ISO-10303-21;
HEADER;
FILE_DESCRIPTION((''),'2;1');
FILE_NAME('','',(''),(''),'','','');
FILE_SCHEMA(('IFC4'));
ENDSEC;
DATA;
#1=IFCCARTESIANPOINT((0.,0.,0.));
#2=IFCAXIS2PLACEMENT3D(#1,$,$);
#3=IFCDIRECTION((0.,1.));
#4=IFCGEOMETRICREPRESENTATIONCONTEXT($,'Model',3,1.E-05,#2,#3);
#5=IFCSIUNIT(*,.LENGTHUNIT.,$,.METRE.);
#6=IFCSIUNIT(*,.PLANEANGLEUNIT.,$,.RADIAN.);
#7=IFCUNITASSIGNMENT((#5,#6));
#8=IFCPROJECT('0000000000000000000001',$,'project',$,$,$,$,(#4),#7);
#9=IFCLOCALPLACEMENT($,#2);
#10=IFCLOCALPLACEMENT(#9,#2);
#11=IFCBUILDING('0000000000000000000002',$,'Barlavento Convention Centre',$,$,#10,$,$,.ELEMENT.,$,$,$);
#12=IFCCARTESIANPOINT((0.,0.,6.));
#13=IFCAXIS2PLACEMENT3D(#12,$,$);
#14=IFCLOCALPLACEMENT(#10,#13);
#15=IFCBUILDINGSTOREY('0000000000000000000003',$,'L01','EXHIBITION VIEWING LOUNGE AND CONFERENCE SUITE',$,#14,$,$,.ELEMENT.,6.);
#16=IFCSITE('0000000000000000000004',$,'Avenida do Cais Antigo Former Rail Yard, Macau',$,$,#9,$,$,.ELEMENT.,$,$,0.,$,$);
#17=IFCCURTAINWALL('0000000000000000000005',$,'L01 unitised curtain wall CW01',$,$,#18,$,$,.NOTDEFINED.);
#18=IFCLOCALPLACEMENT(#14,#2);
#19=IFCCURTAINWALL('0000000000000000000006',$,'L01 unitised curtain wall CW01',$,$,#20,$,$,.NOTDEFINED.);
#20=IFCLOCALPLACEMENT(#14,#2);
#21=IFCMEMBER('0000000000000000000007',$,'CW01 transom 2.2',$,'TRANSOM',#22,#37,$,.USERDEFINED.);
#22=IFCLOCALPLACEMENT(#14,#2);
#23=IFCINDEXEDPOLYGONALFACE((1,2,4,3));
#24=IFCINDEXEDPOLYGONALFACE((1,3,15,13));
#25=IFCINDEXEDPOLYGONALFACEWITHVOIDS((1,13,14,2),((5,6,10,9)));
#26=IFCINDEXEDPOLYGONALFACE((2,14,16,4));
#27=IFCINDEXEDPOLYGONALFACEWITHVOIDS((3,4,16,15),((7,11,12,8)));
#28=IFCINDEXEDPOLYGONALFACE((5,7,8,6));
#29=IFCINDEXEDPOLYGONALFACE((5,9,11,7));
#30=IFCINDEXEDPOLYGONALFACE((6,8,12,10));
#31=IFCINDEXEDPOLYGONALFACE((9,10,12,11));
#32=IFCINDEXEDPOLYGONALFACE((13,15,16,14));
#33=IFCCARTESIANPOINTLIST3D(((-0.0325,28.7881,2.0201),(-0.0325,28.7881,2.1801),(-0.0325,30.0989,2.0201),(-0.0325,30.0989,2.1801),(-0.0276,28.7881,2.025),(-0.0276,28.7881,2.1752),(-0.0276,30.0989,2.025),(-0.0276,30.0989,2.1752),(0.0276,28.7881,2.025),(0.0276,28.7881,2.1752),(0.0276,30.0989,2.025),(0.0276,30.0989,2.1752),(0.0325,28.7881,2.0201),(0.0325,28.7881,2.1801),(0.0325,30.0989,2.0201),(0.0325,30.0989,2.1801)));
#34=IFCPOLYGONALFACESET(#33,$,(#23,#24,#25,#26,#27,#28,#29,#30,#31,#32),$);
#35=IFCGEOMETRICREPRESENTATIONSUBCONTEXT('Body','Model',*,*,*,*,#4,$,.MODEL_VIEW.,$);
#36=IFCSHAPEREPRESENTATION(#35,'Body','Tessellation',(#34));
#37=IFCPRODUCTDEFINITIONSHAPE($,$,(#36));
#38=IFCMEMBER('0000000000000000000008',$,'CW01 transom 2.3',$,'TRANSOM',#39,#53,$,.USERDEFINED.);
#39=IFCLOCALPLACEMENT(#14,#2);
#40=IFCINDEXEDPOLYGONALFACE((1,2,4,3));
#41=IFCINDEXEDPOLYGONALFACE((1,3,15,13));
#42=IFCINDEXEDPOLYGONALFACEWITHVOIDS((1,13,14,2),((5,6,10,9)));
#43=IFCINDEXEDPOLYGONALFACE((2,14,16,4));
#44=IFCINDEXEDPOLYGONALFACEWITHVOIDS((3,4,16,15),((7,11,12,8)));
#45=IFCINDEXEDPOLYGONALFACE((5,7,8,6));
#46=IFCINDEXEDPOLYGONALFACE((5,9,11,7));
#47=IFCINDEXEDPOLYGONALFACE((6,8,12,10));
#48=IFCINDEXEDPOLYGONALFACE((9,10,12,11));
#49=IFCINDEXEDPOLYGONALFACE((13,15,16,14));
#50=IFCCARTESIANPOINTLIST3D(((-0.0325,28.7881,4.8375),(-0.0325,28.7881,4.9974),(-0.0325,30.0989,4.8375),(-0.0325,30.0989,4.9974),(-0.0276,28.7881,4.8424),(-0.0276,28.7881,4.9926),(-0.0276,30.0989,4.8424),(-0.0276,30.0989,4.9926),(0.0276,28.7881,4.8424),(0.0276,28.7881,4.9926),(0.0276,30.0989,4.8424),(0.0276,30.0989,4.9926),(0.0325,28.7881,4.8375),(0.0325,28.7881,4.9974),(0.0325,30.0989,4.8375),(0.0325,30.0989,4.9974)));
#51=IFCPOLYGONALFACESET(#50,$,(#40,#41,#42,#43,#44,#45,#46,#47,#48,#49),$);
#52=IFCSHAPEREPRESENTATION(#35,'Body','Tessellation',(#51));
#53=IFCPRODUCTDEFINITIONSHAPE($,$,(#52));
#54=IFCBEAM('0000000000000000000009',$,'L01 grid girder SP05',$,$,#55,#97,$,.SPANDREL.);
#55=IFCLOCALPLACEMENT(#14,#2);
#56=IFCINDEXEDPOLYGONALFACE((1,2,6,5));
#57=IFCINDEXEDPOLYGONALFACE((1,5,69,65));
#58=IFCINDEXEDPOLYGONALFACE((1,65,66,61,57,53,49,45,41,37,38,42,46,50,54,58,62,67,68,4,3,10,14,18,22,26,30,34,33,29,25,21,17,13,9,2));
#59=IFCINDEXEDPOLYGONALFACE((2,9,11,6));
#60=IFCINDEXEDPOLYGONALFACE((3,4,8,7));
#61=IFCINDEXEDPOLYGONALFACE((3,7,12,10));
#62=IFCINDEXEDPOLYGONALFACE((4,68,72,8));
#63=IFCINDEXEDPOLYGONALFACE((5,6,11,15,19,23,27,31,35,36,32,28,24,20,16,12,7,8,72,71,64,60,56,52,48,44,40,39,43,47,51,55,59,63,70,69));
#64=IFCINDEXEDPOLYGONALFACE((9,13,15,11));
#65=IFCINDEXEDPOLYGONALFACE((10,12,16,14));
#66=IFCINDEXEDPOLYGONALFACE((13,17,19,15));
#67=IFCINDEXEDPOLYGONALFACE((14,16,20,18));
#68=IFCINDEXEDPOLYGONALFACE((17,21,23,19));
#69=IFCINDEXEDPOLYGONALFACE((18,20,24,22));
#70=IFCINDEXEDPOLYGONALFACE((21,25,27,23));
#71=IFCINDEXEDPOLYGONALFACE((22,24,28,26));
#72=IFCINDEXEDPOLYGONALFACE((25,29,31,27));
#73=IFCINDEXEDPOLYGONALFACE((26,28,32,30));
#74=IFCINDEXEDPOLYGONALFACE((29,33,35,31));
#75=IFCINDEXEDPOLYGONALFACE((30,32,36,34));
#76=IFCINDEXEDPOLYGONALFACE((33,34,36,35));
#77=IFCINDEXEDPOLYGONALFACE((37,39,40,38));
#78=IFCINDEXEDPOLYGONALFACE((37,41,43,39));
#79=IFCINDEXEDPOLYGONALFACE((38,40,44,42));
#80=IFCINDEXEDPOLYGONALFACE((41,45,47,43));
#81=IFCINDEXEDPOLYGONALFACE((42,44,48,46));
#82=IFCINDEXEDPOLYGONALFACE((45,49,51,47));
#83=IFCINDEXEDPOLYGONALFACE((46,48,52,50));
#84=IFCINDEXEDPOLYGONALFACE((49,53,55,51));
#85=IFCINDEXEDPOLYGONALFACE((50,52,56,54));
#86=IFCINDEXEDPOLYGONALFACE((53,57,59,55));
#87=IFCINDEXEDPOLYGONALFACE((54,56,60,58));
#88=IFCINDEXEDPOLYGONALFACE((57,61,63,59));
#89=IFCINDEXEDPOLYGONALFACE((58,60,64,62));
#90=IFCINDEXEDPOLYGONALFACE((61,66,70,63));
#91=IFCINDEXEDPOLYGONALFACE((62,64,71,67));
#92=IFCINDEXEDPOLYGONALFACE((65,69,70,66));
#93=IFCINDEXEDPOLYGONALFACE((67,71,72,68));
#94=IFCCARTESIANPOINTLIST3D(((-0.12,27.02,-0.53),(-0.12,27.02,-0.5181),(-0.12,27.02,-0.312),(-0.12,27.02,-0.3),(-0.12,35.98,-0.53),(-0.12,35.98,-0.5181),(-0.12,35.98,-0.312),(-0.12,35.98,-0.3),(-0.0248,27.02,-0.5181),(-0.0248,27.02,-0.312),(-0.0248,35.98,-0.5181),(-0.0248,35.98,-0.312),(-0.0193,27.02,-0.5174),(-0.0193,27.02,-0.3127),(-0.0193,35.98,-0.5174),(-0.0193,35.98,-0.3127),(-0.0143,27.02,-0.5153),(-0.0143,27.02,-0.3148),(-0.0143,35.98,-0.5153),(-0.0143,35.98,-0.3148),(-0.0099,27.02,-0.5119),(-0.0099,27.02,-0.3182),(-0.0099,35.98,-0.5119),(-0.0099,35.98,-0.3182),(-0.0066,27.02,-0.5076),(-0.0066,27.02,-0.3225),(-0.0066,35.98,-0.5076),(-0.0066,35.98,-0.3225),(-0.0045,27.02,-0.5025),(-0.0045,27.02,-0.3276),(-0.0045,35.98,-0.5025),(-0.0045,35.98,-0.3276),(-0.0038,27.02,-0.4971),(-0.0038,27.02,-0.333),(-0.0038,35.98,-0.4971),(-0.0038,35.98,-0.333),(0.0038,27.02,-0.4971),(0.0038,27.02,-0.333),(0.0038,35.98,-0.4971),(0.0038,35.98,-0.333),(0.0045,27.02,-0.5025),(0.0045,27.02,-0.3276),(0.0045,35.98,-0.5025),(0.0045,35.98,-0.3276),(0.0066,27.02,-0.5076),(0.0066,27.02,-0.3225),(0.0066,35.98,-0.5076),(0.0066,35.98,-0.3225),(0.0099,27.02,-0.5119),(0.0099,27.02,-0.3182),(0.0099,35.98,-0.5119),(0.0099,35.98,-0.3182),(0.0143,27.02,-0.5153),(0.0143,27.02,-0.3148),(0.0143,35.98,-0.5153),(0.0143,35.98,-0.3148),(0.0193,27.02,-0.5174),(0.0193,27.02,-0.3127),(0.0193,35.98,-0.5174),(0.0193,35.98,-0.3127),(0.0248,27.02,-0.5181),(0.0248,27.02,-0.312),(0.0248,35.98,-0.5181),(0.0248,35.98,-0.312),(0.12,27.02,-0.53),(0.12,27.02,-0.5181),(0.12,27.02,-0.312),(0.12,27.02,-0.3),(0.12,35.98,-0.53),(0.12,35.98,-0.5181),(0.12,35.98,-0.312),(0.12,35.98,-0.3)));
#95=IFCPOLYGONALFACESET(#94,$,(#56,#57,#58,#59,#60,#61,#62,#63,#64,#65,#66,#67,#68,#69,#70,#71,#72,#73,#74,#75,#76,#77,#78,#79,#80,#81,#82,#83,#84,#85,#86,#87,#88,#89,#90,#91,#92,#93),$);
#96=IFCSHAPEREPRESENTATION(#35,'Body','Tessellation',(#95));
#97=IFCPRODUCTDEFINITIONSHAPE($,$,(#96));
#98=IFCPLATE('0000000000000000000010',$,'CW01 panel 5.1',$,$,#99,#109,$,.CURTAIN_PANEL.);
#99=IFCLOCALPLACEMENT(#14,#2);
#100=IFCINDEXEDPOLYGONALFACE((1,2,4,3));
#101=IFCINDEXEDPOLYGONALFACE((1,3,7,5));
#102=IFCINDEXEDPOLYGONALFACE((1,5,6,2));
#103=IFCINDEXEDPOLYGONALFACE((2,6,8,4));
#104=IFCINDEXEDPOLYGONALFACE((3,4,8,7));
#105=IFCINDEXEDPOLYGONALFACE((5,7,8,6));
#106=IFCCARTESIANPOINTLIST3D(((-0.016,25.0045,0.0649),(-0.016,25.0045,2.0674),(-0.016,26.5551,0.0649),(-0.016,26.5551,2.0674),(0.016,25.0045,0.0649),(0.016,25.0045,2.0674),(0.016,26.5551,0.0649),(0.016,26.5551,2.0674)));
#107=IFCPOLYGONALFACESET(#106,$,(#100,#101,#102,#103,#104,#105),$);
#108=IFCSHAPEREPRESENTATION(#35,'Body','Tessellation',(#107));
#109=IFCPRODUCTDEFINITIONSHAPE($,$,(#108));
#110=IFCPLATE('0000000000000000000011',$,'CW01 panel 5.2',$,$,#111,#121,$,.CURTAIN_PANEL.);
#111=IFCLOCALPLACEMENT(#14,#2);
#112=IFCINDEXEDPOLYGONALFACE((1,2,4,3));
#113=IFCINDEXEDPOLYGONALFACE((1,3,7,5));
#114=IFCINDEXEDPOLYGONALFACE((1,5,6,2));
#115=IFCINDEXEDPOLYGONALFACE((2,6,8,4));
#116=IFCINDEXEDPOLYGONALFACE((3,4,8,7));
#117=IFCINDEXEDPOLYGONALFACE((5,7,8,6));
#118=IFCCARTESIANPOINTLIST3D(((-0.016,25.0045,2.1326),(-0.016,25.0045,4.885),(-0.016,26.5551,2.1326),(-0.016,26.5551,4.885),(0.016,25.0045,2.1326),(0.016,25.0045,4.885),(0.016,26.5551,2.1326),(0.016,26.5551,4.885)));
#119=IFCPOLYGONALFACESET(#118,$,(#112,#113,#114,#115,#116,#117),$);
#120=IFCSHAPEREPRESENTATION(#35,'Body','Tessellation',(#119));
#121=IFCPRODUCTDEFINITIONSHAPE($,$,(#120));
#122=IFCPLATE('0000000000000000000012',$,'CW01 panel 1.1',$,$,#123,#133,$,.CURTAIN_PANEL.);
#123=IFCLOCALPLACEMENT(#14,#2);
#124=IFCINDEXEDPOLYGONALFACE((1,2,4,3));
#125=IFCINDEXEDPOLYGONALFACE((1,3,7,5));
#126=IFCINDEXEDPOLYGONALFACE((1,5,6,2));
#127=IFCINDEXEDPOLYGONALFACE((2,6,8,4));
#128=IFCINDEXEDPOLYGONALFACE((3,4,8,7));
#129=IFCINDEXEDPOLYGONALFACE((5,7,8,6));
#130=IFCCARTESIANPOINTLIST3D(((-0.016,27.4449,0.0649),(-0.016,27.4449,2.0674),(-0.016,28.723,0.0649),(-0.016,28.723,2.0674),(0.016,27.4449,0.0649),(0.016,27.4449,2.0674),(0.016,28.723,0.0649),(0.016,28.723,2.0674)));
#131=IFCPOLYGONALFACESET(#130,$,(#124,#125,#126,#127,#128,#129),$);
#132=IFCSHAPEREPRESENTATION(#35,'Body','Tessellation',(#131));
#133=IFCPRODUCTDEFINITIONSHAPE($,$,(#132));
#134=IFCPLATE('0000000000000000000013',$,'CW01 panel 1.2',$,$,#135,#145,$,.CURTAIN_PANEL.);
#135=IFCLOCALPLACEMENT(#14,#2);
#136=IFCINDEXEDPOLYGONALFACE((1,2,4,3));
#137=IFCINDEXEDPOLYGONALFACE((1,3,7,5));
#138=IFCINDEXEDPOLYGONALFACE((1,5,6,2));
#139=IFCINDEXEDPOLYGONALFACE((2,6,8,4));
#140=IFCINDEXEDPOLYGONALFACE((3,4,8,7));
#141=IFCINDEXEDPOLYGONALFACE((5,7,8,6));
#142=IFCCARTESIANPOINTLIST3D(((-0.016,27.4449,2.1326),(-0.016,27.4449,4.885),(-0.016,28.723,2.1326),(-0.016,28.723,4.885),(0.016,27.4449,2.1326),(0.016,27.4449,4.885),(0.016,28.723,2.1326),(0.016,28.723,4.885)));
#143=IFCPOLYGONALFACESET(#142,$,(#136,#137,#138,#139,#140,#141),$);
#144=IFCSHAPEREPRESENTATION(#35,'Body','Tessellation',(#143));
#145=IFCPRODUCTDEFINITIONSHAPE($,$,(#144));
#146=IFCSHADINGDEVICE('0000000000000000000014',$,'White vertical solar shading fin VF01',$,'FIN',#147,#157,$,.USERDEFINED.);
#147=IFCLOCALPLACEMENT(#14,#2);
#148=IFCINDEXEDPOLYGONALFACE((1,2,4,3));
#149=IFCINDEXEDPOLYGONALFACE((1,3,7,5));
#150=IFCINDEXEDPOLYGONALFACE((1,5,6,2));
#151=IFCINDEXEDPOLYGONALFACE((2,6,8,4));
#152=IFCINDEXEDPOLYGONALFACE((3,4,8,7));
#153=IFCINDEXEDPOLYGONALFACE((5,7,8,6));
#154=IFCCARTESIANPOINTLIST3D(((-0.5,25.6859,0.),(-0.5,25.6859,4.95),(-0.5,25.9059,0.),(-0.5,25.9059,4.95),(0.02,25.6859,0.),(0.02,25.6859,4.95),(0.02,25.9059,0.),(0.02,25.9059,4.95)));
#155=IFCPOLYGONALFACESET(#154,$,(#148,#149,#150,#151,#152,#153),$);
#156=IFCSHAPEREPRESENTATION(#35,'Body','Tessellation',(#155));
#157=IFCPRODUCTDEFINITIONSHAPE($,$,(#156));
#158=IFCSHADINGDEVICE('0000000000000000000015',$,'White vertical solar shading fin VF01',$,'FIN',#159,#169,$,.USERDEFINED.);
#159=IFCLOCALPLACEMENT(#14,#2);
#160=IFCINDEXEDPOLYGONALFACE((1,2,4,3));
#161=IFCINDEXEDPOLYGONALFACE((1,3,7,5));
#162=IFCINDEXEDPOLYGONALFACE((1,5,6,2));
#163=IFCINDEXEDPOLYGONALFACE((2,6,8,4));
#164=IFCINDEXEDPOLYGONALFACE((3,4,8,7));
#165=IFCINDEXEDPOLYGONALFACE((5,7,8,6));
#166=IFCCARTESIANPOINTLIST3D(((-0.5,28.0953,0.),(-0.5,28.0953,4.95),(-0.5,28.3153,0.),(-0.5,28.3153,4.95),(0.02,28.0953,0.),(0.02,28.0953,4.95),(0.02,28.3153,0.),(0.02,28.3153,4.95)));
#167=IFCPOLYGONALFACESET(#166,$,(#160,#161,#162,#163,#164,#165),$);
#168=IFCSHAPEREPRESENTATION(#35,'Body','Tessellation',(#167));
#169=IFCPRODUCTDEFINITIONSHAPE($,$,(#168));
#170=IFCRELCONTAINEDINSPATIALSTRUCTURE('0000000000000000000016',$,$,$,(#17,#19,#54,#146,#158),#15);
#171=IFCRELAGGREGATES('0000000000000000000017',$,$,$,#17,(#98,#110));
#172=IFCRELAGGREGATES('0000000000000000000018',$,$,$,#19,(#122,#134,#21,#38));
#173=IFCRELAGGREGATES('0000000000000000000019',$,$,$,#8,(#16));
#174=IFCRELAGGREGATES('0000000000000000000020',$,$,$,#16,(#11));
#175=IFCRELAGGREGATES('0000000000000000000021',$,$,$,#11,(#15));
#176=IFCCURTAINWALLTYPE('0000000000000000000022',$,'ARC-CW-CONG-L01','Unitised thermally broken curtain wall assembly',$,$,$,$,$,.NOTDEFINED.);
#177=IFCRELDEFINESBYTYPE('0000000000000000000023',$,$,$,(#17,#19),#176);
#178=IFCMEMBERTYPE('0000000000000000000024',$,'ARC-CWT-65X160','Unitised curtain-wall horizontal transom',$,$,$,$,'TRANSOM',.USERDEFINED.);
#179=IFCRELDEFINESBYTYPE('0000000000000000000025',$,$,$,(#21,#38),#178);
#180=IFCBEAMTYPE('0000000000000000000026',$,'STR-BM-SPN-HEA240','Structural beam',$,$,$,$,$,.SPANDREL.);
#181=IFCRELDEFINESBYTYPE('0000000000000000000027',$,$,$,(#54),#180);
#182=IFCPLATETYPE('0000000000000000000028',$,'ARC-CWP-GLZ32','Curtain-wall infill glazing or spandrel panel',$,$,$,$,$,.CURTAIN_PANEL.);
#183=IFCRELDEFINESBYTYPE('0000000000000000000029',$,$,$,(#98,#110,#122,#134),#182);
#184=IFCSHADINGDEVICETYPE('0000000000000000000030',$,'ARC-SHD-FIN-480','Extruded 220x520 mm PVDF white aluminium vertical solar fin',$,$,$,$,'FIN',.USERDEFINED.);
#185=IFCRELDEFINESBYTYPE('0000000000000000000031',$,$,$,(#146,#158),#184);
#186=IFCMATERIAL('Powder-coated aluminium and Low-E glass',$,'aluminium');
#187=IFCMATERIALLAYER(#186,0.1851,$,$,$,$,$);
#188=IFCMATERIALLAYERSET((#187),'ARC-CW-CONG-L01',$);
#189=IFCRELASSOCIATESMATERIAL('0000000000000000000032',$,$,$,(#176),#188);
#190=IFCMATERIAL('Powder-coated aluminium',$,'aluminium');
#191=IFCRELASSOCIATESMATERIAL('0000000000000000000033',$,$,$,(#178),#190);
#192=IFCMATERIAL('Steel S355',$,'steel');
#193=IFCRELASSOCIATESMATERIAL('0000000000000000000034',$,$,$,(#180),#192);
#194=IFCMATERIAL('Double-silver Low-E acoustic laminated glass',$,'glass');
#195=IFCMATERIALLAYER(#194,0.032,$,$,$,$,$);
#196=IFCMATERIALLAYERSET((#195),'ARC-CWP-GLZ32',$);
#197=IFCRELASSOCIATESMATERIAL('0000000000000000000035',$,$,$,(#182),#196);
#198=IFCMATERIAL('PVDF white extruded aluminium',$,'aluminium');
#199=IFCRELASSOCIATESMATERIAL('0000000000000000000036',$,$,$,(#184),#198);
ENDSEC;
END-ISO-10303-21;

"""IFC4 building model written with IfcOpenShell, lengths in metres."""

from ifc_helpers import new_model, si_unit, direction, frame, origin, origin_2d, place, context, subcontext, project, spatial, rectangle, hollow_rectangle, i_section, extrude, material, layer, layer_set, material_profile, profile_set, type_object, element, aggregate, save


model = new_model("IFC4")

# Units and contexts
model_context = context("Model", 3, precision=1e-05, world=origin(), true_north=direction((0.0, 1.0)))
body_context = subcontext(model_context, "Body", "Model", "MODEL_VIEW")
ifc_project = project(units=[si_unit("LENGTHUNIT", "METRE"), si_unit("PLANEANGLEUNIT", "RADIAN")], contexts=[model_context])

# Site, building, storey
site_placement = place(None, origin())
site = spatial("IfcSite", under=ifc_project, at=site_placement, Name="Avenida do Cais Antigo Former Rail Yard, Macau", CompositionType="ELEMENT", RefElevation=0.0)
building_placement = place(site_placement, origin())
building = spatial("IfcBuilding", under=site, at=building_placement, Name="Barlavento Convention Centre", CompositionType="ELEMENT")
storey_placement = place(building_placement, frame((0.0, 0.0, 6.0)))
storey = spatial("IfcBuildingStorey", under=building, at=storey_placement, Name="L01", Description="EXHIBITION VIEWING LOUNGE AND CONFERENCE SUITE", CompositionType="ELEMENT", Elevation=6.0)

# Curtain wall
ifc_material_1 = material(Name="Powder-coated aluminium and Low-E glass", Category="aluminium")
ifc_layer_1 = layer(ifc_material_1, 0.1851)
ifc_layer_set_1 = layer_set([ifc_layer_1], Name="ARC-CW-CONG-L01")
curtain_wall_type = type_object("IfcCurtainWallType", Name="ARC-CW-CONG-L01", Description="Unitised thermally broken curtain wall assembly", PredefinedType="NOTDEFINED", material=ifc_layer_set_1)
curtain_wall_1_placement = place(storey_placement, origin())
curtain_wall_1 = element("IfcCurtainWall", 1, at=curtain_wall_1_placement, inside=storey, type_object=curtain_wall_type, Name="L01 unitised curtain wall CW01", PredefinedType="NOTDEFINED")
ifc_material_2 = material(Name="Powder-coated aluminium", Category="aluminium")

# Curtain wall
curtain_wall_2_placement = place(storey_placement, origin())
curtain_wall_2 = element("IfcCurtainWall", 2, at=curtain_wall_2_placement, inside=storey, type_object=curtain_wall_type, Name="L01 unitised curtain wall CW01", PredefinedType="NOTDEFINED")

# Members
ifc_material_profile_1 = material_profile(ifc_material_2, hollow_rectangle(XDim=0.0649, YDim=0.1599, WallThickness=0.0049, at=origin_2d()), Name="AL-TRAN 65x160x5")
ifc_profile_set_1 = profile_set([ifc_material_profile_1], Name="Powder-coated aluminium")
member_type_1 = type_object("IfcMemberType", Name="ARC-CWT-65X160", Description="Unitised curtain-wall horizontal transom", ElementType="TRANSOM", PredefinedType="USERDEFINED", material=ifc_profile_set_1)
member_1_placement = place(storey_placement, frame((0.0, 28.7881, 2.1001), z_axis=(0.0, 1.0, 0.0), x_axis=(-1.0, 0.0, 0.0)))
member_1 = element("IfcMember", 3, at=member_1_placement, type_object=member_type_1, Name="CW01 transom 2.2", ObjectType="TRANSOM", PredefinedType="USERDEFINED", context=body_context, shape_type="SweptSolid", body=[
    extrude(hollow_rectangle(XDim=0.0649, YDim=0.1599, WallThickness=0.0049, at=origin_2d()), origin(), (0.0, 0.0, 1.0), 1.3108),
])
member_2_placement = place(storey_placement, frame((0.0, 28.7881, 4.9175), z_axis=(0.0, 1.0, 0.0), x_axis=(-1.0, 0.0, 0.0)))
member_2 = element("IfcMember", 4, at=member_2_placement, type_object=member_type_1, Name="CW01 transom 2.3", ObjectType="TRANSOM", PredefinedType="USERDEFINED", context=body_context, shape_type="SweptSolid", body=[
    extrude(hollow_rectangle(XDim=0.0649, YDim=0.1599, WallThickness=0.0049, at=origin_2d()), origin(), (0.0, 0.0, 1.0), 1.3108),
])

# Beam
ifc_material_3 = material(Name="Steel S355", Category="steel")
ifc_material_profile_2 = material_profile(ifc_material_3, i_section(OverallWidth=0.24, OverallDepth=0.23, WebThickness=0.0076, FlangeThickness=0.012, FilletRadius=0.021, at=origin_2d()), Name="HEA 240")
ifc_profile_set_2 = profile_set([ifc_material_profile_2], Name="Steel S355")
beam_type = type_object("IfcBeamType", Name="STR-BM-SPN-HEA240", Description="Structural beam", PredefinedType="SPANDREL", material=ifc_profile_set_2)
beam_placement = place(storey_placement, frame((0.0, 27.02, -0.415), z_axis=(0.0, 1.0, 0.0), x_axis=(-1.0, 0.0, 0.0)))
element("IfcBeam", 5, at=beam_placement, inside=storey, type_object=beam_type, Name="L01 grid girder SP05", PredefinedType="SPANDREL", context=body_context, shape_type="SweptSolid", body=[
    extrude(i_section(OverallWidth=0.24, OverallDepth=0.23, WebThickness=0.0076, FlangeThickness=0.012, FilletRadius=0.021, at=origin_2d()), origin(), (0.0, 0.0, 1.0), 8.96),
])

# Plates
ifc_material_4 = material(Name="Double-silver Low-E acoustic laminated glass", Category="glass")
ifc_layer_2 = layer(ifc_material_4, 0.032)
ifc_layer_set_2 = layer_set([ifc_layer_2], Name="ARC-CWP-GLZ32")
plate_type = type_object("IfcPlateType", Name="ARC-CWP-GLZ32", Description="Curtain-wall infill glazing or spandrel panel", PredefinedType="CURTAIN_PANEL", material=ifc_layer_set_2)
plate_1_placement = place(storey_placement, frame((0.0, 25.7798, 0.0649), z_axis=(0.0, 0.0, 1.0), x_axis=(0.0, 1.0, 0.0)))
plate_1 = element("IfcPlate", 6, at=plate_1_placement, type_object=plate_type, Name="CW01 panel 5.1", PredefinedType="CURTAIN_PANEL", context=body_context, shape_type="SweptSolid", body=[
    extrude(rectangle(XDim=1.5505, YDim=0.032, at=origin_2d()), origin(), (0.0, 0.0, 1.0), 2.0024),
])
plate_2_placement = place(storey_placement, frame((0.0, 25.7798, 2.1326), z_axis=(0.0, 0.0, 1.0), x_axis=(0.0, 1.0, 0.0)))
plate_2 = element("IfcPlate", 7, at=plate_2_placement, type_object=plate_type, Name="CW01 panel 5.2", PredefinedType="CURTAIN_PANEL", context=body_context, shape_type="SweptSolid", body=[
    extrude(rectangle(XDim=1.5505, YDim=0.032, at=origin_2d()), origin(), (0.0, 0.0, 1.0), 2.7524),
])
aggregate(curtain_wall_1, [plate_1, plate_2])
plate_3_placement = place(storey_placement, frame((0.0, 28.084, 0.0649), z_axis=(0.0, 0.0, 1.0), x_axis=(0.0, 1.0, 0.0)))
plate_3 = element("IfcPlate", 8, at=plate_3_placement, type_object=plate_type, Name="CW01 panel 1.1", PredefinedType="CURTAIN_PANEL", context=body_context, shape_type="SweptSolid", body=[
    extrude(rectangle(XDim=1.2781, YDim=0.032, at=origin_2d()), origin(), (0.0, 0.0, 1.0), 2.0024),
])
plate_4_placement = place(storey_placement, frame((0.0, 28.084, 2.1326), z_axis=(0.0, 0.0, 1.0), x_axis=(0.0, 1.0, 0.0)))
plate_4 = element("IfcPlate", 9, at=plate_4_placement, type_object=plate_type, Name="CW01 panel 1.2", PredefinedType="CURTAIN_PANEL", context=body_context, shape_type="SweptSolid", body=[
    extrude(rectangle(XDim=1.2781, YDim=0.032, at=origin_2d()), origin(), (0.0, 0.0, 1.0), 2.7524),
])
aggregate(curtain_wall_2, [plate_3, plate_4, member_1, member_2])

# Shading devices
ifc_material_5 = material(Name="PVDF white extruded aluminium", Category="aluminium")
shading_device_type = type_object("IfcShadingDeviceType", Name="ARC-SHD-FIN-480", Description="Extruded 220x520 mm PVDF white aluminium vertical solar fin", ElementType="FIN", PredefinedType="USERDEFINED", material=ifc_material_5)
for number, where, z_axis, x_axis, name in (
    (10, (-0.24, 25.7959, 0.0), (0.0, 0.0, 1.0), (0.0, 1.0, 0.0), "White vertical solar shading fin VF01"),
    (11, (-0.24, 28.2053, 0.0), (0.0, 0.0, 1.0), (0.0, 1.0, 0.0), "White vertical solar shading fin VF01"),
):
    element("IfcShadingDevice", number, at=place(storey_placement, frame(where, z_axis=z_axis, x_axis=x_axis)), inside=storey, type_object=shading_device_type, Name=name, ObjectType="FIN", PredefinedType="USERDEFINED", context=body_context, shape_type="SweptSolid", body=[
        extrude(rectangle(XDim=0.22, YDim=0.52, at=origin_2d()), origin(), (0.0, 0.0, 1.0), 4.95),
    ])

save(model, "model.ifc")
